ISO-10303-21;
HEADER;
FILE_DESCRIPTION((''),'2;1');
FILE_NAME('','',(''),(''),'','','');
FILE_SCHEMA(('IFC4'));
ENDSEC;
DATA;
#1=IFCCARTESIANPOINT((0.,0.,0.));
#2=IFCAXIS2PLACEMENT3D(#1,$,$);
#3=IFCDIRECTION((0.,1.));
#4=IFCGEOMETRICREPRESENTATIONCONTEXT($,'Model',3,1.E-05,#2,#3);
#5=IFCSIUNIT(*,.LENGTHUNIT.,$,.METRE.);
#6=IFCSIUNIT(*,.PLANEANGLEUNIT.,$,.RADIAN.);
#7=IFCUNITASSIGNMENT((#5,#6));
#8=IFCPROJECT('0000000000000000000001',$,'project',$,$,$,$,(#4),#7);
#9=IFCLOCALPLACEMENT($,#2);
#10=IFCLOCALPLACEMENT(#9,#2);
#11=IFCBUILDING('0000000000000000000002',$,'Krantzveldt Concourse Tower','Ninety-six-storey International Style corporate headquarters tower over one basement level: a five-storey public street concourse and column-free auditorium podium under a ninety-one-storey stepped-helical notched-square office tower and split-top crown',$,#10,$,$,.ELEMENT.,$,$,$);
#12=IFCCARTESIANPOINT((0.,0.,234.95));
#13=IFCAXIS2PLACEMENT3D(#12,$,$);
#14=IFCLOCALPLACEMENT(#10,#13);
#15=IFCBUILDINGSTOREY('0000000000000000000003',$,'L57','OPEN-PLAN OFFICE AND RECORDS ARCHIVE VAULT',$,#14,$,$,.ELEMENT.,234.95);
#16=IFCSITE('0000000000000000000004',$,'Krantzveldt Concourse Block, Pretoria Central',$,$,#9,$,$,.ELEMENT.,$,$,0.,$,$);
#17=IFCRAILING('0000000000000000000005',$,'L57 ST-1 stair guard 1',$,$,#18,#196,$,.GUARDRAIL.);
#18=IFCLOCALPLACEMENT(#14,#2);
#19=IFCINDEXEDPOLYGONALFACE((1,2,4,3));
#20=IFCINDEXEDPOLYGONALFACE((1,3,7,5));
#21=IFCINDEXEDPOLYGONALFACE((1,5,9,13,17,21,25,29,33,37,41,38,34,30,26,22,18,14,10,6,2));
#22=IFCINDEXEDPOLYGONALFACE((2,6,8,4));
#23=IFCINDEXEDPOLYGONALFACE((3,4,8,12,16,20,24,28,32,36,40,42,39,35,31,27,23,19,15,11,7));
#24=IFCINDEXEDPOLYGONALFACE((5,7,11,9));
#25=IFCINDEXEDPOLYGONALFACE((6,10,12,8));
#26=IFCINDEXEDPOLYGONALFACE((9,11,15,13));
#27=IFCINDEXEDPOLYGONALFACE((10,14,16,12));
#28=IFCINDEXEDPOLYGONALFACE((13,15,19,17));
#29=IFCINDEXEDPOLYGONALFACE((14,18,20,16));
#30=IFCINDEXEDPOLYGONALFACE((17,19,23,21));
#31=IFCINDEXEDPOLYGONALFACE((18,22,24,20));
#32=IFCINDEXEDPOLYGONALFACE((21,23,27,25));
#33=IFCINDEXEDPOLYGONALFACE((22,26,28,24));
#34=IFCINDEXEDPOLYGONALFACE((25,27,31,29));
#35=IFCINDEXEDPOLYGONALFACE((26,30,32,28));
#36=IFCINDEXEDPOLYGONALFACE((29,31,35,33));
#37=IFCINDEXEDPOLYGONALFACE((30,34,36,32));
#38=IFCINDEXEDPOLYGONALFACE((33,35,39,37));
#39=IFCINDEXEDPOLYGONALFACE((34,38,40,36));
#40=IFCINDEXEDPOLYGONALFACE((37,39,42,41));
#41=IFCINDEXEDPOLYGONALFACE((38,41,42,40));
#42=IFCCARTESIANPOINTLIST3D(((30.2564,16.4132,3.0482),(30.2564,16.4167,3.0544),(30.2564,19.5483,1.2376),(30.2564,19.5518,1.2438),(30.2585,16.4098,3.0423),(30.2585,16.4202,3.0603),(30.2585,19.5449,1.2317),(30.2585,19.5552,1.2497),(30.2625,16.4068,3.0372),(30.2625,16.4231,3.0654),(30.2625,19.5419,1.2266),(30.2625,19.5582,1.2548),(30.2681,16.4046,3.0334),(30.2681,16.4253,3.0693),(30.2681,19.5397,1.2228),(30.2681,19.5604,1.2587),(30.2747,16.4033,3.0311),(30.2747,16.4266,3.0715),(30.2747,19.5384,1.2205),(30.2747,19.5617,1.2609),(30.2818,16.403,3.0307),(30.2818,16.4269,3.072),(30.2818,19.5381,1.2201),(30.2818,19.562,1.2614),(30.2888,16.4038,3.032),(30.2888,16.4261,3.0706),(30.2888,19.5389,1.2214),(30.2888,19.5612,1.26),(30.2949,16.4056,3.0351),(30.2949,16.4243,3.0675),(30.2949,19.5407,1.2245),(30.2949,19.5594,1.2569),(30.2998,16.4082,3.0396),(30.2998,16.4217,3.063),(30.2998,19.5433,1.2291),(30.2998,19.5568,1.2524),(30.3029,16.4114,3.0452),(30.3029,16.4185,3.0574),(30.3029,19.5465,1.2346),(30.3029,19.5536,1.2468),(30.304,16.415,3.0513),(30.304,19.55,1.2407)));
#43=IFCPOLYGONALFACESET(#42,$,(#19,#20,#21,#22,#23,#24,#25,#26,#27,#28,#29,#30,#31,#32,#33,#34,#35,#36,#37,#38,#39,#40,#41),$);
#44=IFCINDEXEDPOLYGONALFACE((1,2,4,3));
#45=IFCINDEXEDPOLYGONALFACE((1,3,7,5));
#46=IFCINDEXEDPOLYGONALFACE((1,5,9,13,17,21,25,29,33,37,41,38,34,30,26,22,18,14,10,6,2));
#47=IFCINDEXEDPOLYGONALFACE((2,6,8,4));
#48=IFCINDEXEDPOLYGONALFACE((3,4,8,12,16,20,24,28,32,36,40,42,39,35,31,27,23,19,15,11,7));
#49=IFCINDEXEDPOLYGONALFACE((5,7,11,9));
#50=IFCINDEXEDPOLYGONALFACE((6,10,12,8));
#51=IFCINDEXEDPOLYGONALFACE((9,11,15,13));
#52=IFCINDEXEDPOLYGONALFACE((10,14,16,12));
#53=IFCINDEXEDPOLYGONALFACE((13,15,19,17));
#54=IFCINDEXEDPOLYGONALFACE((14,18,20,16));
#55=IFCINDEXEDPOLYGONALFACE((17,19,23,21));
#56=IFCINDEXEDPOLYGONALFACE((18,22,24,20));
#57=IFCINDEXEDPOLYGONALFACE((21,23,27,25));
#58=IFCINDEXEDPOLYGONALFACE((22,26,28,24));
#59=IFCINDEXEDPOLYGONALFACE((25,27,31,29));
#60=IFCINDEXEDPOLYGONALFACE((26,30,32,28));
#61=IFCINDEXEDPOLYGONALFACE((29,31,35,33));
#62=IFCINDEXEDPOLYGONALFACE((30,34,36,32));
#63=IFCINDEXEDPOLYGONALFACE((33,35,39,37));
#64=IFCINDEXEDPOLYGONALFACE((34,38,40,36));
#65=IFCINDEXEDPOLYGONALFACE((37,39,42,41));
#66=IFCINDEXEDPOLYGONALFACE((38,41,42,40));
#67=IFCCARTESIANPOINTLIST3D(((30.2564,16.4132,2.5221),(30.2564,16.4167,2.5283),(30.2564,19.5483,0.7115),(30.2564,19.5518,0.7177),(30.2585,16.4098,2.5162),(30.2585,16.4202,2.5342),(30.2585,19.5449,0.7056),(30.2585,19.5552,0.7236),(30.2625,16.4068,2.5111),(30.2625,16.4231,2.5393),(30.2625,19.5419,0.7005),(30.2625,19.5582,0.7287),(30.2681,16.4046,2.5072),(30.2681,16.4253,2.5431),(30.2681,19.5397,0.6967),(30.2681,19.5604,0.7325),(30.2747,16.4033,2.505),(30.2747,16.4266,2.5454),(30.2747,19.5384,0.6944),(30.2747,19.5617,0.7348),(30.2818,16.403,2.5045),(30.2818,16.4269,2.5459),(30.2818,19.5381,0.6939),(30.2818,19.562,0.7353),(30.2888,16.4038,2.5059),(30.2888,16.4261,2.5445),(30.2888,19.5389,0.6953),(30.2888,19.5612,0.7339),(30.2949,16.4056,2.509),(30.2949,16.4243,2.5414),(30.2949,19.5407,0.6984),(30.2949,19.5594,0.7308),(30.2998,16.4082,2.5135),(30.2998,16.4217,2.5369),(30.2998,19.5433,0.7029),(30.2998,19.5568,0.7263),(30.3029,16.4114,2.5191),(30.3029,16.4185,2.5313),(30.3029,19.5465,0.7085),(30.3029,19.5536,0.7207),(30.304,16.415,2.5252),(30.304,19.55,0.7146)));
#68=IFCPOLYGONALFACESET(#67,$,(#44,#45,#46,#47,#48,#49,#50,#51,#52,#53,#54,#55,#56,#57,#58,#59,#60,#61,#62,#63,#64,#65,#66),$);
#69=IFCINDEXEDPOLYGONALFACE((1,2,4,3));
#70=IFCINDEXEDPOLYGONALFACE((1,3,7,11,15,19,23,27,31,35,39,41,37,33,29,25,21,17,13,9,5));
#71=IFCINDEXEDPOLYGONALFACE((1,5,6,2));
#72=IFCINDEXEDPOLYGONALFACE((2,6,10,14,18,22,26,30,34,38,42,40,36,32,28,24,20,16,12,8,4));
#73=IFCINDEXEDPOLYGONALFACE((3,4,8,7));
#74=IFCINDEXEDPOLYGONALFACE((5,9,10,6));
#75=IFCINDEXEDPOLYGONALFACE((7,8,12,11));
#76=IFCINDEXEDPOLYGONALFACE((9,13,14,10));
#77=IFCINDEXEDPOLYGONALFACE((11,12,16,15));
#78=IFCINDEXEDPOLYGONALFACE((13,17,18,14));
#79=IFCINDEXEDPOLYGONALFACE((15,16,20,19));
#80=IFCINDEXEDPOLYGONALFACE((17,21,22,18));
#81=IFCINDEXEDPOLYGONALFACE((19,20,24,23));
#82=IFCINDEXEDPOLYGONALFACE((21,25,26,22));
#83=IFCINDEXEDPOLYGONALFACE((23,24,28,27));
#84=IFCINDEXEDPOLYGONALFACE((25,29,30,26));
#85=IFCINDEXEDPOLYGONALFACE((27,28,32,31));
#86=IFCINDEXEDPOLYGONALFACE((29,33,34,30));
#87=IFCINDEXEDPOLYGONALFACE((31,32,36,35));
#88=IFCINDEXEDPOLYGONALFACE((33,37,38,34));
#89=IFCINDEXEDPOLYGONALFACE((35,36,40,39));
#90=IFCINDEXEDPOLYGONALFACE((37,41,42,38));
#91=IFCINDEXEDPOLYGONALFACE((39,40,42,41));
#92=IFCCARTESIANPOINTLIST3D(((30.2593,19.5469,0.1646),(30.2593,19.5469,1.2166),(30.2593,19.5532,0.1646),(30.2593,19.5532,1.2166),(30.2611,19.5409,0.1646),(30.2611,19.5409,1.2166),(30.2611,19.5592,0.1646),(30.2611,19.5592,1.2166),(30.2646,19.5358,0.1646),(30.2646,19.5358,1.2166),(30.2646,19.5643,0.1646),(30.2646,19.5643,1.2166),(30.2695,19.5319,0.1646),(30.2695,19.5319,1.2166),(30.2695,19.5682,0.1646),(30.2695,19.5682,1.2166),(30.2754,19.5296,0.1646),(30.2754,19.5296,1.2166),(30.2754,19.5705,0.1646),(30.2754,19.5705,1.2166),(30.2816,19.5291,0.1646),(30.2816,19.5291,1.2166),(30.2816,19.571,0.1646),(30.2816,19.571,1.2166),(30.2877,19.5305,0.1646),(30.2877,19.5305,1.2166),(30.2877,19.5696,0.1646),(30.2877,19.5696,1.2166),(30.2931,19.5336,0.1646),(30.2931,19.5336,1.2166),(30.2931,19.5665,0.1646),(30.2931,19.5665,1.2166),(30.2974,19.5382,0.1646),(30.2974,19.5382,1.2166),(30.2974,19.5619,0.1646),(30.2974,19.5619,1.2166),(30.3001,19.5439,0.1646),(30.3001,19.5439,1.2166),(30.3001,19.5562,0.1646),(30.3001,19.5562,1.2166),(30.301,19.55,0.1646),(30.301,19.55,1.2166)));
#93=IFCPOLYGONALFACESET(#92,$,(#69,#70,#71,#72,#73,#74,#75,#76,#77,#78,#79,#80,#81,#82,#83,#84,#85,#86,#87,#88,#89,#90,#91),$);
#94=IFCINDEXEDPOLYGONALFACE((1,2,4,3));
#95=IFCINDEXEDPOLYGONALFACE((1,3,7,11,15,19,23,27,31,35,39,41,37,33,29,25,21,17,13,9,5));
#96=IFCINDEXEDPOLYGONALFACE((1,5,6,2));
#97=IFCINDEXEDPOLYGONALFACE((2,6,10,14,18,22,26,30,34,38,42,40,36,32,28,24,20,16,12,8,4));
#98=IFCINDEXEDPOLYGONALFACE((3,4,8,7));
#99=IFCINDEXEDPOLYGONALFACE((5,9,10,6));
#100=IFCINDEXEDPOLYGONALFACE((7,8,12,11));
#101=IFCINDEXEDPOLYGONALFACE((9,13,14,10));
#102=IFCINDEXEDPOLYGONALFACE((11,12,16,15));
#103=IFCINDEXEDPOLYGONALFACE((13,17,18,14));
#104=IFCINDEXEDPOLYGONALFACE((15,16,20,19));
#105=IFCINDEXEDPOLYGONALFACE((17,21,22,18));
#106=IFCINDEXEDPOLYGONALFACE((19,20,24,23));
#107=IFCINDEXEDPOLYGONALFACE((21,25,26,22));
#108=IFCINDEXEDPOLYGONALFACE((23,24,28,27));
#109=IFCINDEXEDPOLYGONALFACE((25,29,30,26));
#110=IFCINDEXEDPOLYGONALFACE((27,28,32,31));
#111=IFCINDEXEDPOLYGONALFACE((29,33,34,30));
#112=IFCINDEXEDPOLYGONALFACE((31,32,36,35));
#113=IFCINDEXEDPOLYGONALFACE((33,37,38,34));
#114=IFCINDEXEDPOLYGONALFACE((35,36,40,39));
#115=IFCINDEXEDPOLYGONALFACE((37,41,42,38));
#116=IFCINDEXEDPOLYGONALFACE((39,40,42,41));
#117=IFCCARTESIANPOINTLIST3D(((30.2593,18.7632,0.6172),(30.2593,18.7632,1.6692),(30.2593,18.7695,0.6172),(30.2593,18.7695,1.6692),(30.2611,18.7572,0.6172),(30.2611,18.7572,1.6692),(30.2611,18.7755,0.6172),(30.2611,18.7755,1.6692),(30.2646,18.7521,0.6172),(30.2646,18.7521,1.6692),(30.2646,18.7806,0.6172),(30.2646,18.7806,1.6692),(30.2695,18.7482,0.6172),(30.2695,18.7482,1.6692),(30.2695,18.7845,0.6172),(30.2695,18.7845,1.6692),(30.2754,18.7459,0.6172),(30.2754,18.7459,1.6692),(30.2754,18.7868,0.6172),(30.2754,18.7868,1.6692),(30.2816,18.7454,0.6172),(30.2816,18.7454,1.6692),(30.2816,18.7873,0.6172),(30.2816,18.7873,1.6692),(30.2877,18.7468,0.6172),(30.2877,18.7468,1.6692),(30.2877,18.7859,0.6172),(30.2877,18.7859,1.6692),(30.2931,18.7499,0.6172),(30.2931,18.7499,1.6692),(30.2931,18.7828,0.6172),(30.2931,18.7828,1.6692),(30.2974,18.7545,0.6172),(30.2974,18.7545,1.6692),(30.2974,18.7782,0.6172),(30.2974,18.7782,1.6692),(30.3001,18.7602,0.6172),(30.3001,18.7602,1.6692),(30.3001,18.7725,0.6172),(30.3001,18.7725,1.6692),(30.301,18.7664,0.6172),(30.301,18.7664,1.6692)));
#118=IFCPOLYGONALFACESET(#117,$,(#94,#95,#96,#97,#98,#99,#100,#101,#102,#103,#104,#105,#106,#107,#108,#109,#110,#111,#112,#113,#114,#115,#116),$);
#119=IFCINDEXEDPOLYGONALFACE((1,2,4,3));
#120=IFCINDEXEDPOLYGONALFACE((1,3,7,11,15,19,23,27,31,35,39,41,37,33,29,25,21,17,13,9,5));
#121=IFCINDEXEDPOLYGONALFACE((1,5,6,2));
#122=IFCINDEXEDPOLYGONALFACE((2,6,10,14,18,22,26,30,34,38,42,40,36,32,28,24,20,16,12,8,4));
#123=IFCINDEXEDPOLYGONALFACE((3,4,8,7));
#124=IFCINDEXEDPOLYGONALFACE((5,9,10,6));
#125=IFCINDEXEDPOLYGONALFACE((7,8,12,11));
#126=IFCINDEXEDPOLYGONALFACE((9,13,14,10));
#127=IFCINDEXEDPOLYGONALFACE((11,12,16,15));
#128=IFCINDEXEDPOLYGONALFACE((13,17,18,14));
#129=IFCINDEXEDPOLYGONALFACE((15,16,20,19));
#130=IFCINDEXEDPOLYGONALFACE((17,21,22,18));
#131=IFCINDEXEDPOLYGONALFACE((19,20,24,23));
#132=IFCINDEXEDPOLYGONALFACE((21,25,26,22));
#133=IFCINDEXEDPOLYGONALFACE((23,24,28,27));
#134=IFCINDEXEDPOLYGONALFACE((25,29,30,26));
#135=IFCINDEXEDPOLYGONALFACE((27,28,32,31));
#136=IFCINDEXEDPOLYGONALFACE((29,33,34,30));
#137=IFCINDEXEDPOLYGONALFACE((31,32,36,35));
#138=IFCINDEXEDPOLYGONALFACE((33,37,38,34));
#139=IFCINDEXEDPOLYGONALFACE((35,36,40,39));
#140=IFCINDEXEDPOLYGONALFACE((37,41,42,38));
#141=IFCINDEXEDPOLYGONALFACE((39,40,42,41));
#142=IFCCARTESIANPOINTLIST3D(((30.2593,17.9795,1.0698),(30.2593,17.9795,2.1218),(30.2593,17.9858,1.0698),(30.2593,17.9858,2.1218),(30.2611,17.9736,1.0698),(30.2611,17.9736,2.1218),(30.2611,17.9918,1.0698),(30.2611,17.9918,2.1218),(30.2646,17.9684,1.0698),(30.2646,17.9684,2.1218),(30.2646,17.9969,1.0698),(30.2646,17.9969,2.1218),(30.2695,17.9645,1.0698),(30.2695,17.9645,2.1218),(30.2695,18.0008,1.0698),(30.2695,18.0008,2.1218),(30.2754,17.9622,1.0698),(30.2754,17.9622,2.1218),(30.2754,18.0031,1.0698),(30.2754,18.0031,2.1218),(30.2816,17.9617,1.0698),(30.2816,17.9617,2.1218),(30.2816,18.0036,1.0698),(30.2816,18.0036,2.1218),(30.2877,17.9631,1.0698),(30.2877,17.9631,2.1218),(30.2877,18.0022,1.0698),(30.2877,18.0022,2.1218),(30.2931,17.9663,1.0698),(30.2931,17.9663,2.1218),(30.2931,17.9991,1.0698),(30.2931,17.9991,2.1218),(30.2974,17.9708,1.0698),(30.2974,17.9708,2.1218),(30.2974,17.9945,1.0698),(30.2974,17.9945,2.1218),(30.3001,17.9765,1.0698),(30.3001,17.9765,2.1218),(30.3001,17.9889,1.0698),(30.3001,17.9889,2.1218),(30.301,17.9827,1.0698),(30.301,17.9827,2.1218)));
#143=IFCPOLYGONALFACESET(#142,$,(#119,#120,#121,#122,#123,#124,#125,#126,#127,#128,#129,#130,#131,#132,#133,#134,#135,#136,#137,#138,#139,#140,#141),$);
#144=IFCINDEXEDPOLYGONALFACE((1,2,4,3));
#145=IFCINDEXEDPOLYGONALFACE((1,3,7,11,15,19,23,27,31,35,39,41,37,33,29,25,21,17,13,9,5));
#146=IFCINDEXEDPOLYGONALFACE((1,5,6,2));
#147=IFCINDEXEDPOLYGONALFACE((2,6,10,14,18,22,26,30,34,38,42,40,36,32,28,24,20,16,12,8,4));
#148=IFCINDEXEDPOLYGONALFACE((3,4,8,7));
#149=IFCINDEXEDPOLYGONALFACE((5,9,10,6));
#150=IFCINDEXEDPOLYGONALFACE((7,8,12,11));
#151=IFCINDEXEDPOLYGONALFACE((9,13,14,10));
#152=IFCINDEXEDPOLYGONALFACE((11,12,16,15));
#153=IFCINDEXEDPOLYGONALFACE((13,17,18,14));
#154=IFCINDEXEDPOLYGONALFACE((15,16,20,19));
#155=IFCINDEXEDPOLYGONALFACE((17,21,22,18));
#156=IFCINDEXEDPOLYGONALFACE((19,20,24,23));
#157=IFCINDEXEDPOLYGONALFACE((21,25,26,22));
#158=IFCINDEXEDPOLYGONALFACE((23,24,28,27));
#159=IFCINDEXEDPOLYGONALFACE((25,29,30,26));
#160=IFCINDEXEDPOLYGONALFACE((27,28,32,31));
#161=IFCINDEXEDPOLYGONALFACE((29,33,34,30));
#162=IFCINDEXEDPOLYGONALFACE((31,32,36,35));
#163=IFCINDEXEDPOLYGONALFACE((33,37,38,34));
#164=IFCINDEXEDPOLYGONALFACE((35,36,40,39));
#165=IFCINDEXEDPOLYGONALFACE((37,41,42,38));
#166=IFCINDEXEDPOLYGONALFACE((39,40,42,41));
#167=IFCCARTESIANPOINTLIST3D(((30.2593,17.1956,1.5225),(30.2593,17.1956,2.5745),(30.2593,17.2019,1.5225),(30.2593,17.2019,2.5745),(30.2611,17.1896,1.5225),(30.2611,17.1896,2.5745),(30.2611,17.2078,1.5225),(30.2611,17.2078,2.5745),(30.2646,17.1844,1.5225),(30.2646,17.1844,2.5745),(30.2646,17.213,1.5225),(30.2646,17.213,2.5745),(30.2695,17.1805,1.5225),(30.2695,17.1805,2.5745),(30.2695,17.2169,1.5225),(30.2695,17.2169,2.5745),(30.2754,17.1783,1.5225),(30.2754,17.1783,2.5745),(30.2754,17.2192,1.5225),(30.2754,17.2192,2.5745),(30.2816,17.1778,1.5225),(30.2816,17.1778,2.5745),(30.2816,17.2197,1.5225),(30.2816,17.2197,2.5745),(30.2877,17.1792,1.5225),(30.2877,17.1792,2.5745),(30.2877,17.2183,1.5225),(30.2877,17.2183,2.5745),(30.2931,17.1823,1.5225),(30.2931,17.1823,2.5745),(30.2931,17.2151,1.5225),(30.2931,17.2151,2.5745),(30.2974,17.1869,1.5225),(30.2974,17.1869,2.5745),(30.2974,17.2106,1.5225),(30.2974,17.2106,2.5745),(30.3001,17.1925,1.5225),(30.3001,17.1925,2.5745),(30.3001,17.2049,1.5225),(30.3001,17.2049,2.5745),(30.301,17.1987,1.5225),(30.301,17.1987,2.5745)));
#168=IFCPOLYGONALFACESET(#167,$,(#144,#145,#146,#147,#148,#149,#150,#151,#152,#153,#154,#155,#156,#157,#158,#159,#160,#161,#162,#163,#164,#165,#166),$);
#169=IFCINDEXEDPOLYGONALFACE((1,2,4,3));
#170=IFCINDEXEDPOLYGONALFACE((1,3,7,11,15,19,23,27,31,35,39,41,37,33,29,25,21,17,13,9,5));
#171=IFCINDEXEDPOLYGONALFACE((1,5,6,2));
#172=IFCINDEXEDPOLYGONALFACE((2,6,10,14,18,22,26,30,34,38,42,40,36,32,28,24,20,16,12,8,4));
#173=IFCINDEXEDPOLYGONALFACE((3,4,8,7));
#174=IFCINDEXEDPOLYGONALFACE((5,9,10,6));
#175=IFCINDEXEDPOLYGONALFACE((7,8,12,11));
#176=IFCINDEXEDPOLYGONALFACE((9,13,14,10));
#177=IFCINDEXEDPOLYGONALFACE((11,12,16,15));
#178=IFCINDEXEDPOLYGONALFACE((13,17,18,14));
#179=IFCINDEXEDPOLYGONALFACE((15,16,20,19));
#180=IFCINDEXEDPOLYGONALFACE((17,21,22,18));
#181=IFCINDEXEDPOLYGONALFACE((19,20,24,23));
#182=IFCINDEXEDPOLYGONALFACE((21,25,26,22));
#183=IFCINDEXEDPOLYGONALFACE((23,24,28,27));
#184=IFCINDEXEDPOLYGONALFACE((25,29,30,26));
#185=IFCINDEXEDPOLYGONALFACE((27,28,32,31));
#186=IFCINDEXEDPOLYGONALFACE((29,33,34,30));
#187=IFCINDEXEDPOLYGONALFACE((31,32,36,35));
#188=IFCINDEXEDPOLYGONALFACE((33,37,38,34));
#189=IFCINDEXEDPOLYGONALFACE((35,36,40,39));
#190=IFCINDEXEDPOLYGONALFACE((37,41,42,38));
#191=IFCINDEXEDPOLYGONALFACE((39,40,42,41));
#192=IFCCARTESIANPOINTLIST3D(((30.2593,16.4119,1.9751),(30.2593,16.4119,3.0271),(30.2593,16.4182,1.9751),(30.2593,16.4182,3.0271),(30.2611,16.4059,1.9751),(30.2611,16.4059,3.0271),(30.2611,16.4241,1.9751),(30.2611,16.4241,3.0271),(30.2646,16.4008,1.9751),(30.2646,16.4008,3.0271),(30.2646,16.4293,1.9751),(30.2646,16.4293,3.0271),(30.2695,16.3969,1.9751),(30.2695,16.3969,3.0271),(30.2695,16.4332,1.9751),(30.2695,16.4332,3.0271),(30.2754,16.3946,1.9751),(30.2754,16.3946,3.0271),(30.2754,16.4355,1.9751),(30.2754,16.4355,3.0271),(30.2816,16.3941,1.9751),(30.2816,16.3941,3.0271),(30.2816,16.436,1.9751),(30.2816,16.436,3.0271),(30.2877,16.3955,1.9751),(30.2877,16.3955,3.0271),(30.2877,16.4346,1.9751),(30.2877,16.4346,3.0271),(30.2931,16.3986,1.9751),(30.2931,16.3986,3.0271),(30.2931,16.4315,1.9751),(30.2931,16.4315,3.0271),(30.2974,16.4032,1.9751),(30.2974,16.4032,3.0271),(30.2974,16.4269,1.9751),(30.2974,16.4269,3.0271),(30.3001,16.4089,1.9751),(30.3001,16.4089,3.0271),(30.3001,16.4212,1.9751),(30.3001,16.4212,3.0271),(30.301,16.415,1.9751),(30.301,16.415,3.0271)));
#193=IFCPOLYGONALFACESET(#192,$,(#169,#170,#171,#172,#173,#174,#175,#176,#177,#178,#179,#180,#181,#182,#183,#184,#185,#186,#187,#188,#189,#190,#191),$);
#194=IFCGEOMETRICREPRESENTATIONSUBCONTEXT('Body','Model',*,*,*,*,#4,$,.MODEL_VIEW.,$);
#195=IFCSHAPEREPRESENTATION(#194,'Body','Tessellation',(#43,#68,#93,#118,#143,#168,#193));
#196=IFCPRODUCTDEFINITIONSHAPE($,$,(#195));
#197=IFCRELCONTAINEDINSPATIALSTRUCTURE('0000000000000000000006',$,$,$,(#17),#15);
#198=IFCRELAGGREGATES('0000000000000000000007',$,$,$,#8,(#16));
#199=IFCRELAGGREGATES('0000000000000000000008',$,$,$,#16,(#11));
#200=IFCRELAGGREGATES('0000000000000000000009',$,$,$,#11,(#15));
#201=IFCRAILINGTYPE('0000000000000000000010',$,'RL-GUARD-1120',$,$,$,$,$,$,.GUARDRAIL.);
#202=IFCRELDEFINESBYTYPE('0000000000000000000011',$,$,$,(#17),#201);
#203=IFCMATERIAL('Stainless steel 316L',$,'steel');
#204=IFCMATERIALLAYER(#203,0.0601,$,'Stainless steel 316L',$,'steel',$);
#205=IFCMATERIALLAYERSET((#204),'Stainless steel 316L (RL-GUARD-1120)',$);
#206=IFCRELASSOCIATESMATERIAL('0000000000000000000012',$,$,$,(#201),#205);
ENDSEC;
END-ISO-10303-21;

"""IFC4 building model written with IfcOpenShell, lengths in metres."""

from ifc_helpers import new_model, si_unit, direction, frame, origin, origin_2d, place, context, subcontext, project, spatial, circle, extrude, material, layer, layer_set, type_object, element, save


model = new_model("IFC4")

# Units and contexts
model_context = context("Model", 3, precision=1e-05, world=origin(), true_north=direction((0.0, 1.0)))
body_context = subcontext(model_context, "Body", "Model", "MODEL_VIEW")
ifc_project = project(units=[si_unit("LENGTHUNIT", "METRE"), si_unit("PLANEANGLEUNIT", "RADIAN")], contexts=[model_context])

# Site, building, storey
site_placement = place(None, origin())
site = spatial("IfcSite", under=ifc_project, at=site_placement, Name="Krantzveldt Concourse Block, Pretoria Central", CompositionType="ELEMENT", RefElevation=0.0)
building_placement = place(site_placement, origin())
building = spatial("IfcBuilding", under=site, at=building_placement, Name="Krantzveldt Concourse Tower", Description="Ninety-six-storey International Style corporate headquarters tower over one basement level: a five-storey public street concourse and column-free auditorium podium under a ninety-one-storey stepped-helical notched-square office tower and split-top crown", CompositionType="ELEMENT")
storey_placement = place(building_placement, frame((0.0, 0.0, 234.95)))
storey = spatial("IfcBuildingStorey", under=building, at=storey_placement, Name="L57", Description="OPEN-PLAN OFFICE AND RECORDS ARCHIVE VAULT", CompositionType="ELEMENT", Elevation=234.95)

# Shared definitions
ifc_material_1 = material(Name="Stainless steel 316L", Category="steel")

# Railing
ifc_layer_1 = layer(ifc_material_1, 0.0601, Name="Stainless steel 316L", Category="steel")
ifc_layer_set_1 = layer_set([ifc_layer_1], Name="Stainless steel 316L (RL-GUARD-1120)")
railing_type_1 = type_object("IfcRailingType", Name="RL-GUARD-1120", PredefinedType="GUARDRAIL", material=ifc_layer_set_1)
railing_1_placement = place(storey_placement, frame((30.28, 19.55, 0.1646)))
element("IfcRailing", 1, at=railing_1_placement, inside=storey, type_object=railing_type_1, Name="L57 ST-1 stair guard 1", PredefinedType="GUARDRAIL", context=body_context, shape_type="SweptSolid", body=[
    extrude(circle(Radius=0.0239, at=origin_2d()), frame((0.0, 0.0, 1.0762), z_axis=(0.0, -0.86596, 0.500114), x_axis=(1.0, 0.0, 0.0)), (0.0, 0.0, 1.0), 3.6204),
    extrude(circle(Radius=0.0239, at=origin_2d()), frame((0.0, 0.0, 0.55), z_axis=(0.0, -0.86596, 0.500114), x_axis=(1.0, 0.0, 0.0)), (0.0, 0.0, 1.0), 3.6204),
    extrude(circle(Radius=0.021, at=origin_2d()), origin(), (0.0, 0.0, 1.0), 1.052),
    extrude(circle(Radius=0.021, at=origin_2d()), frame((0.0, -0.7837, 0.4526)), (0.0, 0.0, 1.0), 1.052),
    extrude(circle(Radius=0.021, at=origin_2d()), frame((0.0, -1.5674, 0.9053)), (0.0, 0.0, 1.0), 1.052),
    extrude(circle(Radius=0.021, at=origin_2d()), frame((0.0, -2.3513, 1.3579)), (0.0, 0.0, 1.0), 1.052),
    extrude(circle(Radius=0.021, at=origin_2d()), frame((0.0, -3.135, 1.8105)), (0.0, 0.0, 1.0), 1.052),
])

save(model, "model.ifc")
